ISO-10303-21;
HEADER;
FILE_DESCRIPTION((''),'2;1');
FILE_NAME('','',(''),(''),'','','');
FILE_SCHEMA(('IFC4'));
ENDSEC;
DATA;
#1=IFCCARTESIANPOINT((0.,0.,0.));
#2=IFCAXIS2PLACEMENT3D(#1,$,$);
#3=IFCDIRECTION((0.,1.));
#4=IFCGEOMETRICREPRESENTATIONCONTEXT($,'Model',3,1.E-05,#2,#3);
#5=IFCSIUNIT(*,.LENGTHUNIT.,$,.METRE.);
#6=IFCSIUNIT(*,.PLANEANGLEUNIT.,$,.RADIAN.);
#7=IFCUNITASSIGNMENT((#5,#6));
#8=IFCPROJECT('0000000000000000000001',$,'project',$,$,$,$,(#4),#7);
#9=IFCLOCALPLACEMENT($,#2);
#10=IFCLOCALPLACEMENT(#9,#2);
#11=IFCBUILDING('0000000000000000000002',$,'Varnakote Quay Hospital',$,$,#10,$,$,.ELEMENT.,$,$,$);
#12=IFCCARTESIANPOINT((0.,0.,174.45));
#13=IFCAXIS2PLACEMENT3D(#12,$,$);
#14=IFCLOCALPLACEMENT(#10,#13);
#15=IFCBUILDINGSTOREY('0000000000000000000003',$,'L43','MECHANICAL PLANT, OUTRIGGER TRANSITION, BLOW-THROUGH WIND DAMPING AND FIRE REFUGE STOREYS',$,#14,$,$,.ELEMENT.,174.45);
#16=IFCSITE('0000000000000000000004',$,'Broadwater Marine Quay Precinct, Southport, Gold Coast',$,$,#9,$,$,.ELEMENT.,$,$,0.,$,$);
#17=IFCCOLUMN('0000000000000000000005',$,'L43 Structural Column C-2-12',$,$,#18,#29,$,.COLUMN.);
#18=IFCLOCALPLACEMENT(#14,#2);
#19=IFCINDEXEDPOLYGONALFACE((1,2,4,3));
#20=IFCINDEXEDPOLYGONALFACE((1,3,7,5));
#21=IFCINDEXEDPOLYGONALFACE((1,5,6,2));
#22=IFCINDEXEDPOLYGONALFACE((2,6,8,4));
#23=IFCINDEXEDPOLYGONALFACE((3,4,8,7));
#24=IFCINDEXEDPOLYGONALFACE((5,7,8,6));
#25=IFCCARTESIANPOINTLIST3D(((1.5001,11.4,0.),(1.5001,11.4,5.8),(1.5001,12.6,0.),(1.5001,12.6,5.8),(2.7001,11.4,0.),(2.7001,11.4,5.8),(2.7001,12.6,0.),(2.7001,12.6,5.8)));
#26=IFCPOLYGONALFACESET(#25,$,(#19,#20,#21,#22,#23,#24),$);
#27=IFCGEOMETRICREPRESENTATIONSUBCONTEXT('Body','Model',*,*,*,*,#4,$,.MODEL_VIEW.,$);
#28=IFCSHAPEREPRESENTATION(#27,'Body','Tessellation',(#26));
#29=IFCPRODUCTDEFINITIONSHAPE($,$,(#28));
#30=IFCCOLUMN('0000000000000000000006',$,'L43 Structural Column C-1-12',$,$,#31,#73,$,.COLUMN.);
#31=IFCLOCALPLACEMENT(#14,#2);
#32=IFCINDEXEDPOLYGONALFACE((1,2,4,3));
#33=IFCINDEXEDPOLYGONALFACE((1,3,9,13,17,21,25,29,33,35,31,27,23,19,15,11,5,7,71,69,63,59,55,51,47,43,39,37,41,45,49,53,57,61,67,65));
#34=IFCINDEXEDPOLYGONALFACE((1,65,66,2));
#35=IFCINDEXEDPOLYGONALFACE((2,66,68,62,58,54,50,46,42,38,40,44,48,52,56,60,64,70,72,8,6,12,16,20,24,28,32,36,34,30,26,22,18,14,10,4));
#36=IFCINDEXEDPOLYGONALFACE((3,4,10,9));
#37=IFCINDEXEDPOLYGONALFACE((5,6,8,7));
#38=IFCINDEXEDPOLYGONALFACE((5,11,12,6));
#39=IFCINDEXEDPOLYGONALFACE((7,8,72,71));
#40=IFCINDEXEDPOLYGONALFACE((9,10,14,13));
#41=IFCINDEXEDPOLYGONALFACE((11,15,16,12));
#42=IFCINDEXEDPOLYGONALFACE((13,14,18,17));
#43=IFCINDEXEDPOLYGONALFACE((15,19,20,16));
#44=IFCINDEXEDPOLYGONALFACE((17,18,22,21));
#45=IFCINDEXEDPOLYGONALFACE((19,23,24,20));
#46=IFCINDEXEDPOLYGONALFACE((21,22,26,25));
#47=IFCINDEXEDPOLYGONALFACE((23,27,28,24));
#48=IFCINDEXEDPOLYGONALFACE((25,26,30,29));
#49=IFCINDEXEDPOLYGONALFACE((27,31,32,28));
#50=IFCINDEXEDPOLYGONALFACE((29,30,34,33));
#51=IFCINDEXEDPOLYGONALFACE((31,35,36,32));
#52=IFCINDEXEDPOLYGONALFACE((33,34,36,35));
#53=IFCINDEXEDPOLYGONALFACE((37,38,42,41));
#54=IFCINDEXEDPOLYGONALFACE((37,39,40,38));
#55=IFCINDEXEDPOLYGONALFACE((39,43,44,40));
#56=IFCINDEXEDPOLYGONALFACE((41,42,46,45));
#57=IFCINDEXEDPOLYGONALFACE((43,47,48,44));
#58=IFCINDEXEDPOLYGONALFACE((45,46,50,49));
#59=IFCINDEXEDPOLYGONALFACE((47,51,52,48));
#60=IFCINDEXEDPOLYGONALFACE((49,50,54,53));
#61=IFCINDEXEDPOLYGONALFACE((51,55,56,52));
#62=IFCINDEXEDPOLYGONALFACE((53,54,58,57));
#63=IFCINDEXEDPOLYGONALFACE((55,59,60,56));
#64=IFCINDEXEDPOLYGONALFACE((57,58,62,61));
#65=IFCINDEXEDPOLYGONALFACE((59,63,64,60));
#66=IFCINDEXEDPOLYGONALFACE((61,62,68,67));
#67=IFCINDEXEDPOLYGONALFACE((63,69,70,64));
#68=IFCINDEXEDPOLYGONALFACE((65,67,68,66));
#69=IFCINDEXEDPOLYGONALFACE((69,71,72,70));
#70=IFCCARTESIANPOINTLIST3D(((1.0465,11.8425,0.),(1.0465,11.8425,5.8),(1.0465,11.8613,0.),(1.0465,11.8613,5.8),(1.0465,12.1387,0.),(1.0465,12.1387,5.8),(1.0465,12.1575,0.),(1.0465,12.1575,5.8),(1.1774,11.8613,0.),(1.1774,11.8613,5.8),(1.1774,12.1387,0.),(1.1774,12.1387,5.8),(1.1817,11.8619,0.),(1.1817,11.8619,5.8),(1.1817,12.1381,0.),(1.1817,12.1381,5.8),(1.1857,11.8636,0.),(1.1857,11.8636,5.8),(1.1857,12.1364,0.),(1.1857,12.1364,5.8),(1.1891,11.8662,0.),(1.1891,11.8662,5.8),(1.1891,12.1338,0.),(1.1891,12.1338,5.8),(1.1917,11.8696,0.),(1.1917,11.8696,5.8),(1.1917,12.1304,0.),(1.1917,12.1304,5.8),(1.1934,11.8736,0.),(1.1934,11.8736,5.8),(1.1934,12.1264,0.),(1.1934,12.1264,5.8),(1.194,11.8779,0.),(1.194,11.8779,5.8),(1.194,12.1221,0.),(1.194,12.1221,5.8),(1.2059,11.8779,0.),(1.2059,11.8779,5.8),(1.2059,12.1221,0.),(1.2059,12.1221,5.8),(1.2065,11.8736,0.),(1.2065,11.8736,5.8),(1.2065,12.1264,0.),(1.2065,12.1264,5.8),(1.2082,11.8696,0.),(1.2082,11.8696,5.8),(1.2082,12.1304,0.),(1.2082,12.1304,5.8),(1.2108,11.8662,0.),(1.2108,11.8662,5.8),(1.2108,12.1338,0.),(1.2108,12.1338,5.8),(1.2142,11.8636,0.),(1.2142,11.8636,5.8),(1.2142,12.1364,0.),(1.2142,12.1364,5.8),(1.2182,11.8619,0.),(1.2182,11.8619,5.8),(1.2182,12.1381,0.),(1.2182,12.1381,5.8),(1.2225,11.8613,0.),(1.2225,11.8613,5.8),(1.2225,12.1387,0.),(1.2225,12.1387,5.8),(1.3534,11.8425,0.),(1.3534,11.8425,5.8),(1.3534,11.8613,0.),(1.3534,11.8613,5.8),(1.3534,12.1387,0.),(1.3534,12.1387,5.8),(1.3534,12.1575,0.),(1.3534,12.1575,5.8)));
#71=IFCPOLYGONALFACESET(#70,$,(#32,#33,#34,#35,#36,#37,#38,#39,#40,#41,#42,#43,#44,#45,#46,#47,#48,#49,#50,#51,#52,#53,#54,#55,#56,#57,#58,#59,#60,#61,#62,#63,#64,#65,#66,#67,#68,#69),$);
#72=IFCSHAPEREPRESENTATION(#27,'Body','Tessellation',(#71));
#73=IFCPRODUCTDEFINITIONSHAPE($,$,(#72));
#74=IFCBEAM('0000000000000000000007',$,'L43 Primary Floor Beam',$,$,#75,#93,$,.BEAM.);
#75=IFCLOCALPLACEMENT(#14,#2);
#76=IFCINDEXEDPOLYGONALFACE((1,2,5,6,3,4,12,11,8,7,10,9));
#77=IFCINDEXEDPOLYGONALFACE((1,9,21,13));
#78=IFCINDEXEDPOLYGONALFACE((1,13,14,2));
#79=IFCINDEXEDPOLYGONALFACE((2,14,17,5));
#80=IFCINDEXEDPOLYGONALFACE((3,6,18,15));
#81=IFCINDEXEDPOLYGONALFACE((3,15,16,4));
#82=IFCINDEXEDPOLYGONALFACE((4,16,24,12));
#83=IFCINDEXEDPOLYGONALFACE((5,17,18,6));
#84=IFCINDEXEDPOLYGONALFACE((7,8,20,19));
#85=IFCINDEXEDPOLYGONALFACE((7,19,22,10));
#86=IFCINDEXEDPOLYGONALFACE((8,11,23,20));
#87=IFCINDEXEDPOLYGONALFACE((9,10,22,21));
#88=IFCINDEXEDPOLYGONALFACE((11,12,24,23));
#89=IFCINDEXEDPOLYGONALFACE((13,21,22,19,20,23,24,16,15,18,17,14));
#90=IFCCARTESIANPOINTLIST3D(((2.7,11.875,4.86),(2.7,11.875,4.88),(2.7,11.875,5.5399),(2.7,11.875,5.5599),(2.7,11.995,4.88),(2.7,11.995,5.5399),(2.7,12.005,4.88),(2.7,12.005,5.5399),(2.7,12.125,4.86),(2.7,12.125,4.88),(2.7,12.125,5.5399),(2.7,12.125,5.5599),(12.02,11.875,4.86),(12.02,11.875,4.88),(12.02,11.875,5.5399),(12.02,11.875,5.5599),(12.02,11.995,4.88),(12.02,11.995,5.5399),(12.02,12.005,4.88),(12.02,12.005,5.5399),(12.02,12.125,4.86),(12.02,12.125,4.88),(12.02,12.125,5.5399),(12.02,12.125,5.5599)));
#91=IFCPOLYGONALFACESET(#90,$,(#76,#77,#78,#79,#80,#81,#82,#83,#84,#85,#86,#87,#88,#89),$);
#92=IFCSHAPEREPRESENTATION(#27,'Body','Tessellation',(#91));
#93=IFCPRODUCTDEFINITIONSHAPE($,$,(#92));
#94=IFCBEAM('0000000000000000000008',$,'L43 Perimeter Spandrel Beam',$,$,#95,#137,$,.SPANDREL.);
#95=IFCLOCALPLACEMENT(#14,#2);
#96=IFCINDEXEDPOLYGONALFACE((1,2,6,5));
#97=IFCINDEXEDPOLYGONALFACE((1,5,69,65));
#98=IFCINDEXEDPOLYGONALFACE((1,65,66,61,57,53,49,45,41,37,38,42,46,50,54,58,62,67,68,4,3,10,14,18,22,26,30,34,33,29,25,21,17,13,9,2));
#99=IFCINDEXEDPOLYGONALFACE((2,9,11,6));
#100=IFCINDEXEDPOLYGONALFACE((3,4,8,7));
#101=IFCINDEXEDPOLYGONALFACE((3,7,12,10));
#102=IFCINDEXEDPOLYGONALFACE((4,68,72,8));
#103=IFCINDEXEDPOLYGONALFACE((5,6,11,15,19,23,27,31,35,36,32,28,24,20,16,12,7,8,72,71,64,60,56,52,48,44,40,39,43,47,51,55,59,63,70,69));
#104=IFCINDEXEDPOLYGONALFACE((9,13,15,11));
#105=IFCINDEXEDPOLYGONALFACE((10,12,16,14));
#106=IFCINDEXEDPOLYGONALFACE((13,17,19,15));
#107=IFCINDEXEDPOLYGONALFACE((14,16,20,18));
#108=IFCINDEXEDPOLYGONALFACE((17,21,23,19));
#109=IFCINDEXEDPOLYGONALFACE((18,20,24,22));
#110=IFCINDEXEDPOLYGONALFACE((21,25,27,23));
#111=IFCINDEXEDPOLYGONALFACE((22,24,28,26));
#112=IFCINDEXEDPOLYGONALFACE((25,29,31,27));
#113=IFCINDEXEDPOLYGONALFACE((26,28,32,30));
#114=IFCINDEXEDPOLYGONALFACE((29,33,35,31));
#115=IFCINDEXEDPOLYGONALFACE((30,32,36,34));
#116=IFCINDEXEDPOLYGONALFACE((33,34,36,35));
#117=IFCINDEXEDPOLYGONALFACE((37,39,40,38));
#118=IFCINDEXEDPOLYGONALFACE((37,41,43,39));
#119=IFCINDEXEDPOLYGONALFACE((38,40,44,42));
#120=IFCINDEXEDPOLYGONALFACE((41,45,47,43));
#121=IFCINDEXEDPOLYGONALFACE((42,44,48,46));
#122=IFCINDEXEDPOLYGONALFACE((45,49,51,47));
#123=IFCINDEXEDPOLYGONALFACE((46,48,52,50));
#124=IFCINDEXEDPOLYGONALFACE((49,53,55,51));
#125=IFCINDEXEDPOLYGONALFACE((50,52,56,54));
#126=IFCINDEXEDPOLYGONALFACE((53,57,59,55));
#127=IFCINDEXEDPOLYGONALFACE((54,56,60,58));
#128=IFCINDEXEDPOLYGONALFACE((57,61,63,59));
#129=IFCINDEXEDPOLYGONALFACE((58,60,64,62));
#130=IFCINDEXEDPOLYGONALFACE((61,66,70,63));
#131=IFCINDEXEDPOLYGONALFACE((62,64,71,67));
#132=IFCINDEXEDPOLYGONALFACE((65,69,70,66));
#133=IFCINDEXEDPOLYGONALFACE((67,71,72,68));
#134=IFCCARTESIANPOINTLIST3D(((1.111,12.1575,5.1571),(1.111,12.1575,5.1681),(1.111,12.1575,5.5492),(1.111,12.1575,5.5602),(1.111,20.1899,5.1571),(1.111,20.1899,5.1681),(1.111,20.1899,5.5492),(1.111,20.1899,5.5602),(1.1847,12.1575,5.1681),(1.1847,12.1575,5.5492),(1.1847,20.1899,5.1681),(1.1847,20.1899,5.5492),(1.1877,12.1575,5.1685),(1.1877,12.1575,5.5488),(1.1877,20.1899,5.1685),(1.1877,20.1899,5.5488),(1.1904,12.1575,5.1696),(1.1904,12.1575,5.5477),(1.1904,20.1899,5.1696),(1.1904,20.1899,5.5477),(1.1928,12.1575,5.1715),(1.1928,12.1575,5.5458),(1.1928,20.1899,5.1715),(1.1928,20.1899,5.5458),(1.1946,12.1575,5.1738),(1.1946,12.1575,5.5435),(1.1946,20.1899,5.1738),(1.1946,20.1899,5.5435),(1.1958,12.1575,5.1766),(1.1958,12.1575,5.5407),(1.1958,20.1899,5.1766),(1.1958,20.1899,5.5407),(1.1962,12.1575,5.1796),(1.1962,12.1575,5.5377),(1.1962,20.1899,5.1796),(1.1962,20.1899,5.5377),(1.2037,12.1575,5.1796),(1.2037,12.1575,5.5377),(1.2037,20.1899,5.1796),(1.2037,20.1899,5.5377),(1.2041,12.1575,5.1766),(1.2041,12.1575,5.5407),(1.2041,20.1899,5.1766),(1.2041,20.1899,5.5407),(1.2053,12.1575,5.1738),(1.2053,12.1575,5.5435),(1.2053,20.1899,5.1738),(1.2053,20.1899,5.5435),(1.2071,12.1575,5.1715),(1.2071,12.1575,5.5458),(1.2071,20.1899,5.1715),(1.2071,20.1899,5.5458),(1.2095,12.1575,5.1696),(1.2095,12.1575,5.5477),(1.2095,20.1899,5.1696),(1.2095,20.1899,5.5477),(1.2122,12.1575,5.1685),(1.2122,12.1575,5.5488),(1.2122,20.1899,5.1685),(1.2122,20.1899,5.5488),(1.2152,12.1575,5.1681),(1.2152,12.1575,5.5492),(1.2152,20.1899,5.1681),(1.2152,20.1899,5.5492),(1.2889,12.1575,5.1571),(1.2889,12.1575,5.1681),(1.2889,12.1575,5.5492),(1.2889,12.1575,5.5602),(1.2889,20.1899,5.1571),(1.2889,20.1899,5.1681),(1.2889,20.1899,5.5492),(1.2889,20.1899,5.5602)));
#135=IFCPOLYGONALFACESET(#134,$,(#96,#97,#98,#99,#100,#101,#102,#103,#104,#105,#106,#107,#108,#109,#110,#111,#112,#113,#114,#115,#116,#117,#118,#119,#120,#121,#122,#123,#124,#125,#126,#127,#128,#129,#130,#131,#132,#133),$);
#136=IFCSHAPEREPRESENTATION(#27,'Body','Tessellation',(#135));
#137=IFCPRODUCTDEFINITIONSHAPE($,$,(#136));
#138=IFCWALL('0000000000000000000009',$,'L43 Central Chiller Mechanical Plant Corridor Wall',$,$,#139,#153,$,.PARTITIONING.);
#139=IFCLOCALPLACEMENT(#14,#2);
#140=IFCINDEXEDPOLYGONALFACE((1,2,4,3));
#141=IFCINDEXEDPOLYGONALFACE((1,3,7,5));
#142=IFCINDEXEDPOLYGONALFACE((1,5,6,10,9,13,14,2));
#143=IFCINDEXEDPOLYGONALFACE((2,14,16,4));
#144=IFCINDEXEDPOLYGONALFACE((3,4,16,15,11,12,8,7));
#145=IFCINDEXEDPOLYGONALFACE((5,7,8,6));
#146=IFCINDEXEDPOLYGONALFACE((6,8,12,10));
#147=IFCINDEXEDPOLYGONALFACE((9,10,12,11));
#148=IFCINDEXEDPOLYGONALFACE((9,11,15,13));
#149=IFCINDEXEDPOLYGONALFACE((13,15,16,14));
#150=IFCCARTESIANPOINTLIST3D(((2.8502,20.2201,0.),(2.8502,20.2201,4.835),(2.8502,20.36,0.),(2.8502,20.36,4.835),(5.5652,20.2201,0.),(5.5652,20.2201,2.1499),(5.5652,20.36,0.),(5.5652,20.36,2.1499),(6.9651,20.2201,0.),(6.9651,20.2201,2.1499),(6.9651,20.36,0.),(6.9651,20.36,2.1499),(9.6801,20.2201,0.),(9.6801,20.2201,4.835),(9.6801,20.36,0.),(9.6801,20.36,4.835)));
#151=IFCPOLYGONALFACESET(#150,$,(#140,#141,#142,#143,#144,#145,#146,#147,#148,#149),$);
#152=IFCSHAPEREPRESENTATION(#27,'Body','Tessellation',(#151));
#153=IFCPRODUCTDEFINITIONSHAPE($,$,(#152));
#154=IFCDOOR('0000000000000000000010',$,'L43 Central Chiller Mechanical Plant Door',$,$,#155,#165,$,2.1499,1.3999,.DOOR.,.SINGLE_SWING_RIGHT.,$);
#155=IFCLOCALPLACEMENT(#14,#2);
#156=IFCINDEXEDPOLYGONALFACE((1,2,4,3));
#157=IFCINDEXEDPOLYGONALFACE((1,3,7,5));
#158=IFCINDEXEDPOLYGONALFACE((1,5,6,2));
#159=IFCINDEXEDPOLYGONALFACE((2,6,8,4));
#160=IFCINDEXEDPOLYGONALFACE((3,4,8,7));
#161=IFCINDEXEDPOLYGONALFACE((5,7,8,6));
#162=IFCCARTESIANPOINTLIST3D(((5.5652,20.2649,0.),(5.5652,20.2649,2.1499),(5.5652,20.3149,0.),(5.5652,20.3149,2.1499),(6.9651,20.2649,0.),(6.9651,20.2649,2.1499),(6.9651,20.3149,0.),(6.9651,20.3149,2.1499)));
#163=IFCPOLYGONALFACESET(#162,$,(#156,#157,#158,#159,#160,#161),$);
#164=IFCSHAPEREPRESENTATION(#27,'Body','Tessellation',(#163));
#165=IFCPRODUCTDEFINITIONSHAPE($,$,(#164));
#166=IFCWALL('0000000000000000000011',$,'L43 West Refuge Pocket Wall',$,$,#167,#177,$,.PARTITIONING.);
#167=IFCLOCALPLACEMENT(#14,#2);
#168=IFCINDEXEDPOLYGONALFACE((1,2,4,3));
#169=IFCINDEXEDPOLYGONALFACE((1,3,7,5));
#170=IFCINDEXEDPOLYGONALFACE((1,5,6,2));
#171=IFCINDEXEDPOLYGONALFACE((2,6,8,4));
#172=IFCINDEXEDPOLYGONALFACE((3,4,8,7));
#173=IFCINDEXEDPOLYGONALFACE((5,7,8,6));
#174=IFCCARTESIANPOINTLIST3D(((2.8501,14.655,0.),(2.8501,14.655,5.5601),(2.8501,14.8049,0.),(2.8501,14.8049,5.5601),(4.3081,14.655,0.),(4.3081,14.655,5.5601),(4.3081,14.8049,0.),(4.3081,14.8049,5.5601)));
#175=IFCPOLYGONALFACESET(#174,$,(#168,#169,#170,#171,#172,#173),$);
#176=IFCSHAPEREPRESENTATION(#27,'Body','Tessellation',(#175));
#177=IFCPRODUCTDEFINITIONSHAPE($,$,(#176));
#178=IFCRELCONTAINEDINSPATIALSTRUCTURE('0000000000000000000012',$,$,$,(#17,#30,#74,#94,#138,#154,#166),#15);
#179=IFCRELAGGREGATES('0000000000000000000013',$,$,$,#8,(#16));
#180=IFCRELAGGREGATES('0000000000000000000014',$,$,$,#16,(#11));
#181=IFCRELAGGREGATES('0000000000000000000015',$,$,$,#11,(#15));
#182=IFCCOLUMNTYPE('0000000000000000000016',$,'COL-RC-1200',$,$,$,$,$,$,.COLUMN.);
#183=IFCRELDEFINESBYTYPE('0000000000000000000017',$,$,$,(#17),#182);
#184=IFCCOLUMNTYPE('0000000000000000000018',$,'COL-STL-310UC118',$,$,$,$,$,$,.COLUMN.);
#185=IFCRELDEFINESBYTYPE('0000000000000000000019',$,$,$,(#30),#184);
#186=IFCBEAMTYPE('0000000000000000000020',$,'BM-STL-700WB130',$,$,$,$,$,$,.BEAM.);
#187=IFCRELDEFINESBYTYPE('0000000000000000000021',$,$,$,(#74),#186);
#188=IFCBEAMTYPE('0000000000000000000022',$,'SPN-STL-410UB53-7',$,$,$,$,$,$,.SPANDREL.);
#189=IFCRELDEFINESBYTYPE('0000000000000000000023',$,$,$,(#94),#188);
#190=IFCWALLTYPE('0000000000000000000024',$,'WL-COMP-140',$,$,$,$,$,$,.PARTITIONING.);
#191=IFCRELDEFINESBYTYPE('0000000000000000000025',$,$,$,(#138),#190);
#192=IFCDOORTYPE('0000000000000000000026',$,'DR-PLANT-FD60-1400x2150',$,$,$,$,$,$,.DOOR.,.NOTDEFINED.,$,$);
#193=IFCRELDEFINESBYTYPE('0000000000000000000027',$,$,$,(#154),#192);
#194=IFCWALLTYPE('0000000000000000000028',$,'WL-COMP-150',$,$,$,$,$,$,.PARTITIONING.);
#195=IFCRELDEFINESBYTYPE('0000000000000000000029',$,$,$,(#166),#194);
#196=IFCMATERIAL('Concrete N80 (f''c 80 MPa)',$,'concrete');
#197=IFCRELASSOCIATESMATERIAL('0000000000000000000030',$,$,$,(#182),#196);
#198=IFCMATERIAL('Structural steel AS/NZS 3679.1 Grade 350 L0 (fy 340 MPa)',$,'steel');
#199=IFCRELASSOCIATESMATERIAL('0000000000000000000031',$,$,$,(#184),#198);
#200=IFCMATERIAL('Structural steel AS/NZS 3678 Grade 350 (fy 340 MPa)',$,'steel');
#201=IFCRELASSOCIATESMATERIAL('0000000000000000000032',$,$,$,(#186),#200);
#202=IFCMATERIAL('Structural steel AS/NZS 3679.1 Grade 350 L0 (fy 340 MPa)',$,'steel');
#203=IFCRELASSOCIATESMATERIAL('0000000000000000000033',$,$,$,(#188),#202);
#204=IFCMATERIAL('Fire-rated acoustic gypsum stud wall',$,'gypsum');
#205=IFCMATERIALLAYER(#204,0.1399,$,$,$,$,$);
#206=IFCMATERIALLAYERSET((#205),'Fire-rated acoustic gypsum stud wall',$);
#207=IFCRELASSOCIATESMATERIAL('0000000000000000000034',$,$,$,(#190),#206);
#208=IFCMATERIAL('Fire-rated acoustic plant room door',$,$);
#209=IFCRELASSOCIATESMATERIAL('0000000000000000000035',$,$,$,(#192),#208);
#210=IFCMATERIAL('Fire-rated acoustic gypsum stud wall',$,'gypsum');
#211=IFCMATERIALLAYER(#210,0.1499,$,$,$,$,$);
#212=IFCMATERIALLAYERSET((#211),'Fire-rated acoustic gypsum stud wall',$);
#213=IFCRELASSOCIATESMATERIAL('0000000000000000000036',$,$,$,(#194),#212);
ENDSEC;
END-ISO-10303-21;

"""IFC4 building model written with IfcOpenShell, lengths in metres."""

from ifc_helpers import new_model, si_unit, direction, frame, frame_2d, origin, origin_2d, place, context, subcontext, project, spatial, rectangle, i_section, extrude, material, layer, layer_set, material_profile, profile_set, type_object, element, fill, save


model = new_model("IFC4")

# Units and contexts
model_context = context("Model", 3, precision=1e-05, world=origin(), true_north=direction((0.0, 1.0)))
body_context = subcontext(model_context, "Body", "Model", "MODEL_VIEW")
ifc_project = project(units=[si_unit("LENGTHUNIT", "METRE"), si_unit("PLANEANGLEUNIT", "RADIAN")], contexts=[model_context])

# Site, building, storey
site_placement = place(None, origin())
site = spatial("IfcSite", under=ifc_project, at=site_placement, Name="Broadwater Marine Quay Precinct, Southport, Gold Coast", CompositionType="ELEMENT", RefElevation=0.0)
building_placement = place(site_placement, origin())
building = spatial("IfcBuilding", under=site, at=building_placement, Name="Varnakote Quay Hospital", CompositionType="ELEMENT")
storey_placement = place(building_placement, frame((0.0, 0.0, 174.45)))
storey = spatial("IfcBuildingStorey", under=building, at=storey_placement, Name="L43", Description="MECHANICAL PLANT, OUTRIGGER TRANSITION, BLOW-THROUGH WIND DAMPING AND FIRE REFUGE STOREYS", CompositionType="ELEMENT", Elevation=174.45)

# Columns
ifc_material_1 = material(Name="Concrete N80 (f'c 80 MPa)", Category="concrete")
ifc_material_profile_1 = material_profile(ifc_material_1, rectangle(XDim=1.2, YDim=1.2, at=origin_2d()), Name="RC-COL-1200x1200")
ifc_profile_set_1 = profile_set([ifc_material_profile_1], Name="Concrete N80 (f'c 80 MPa)")
column_type_1 = type_object("IfcColumnType", Name="COL-RC-1200", PredefinedType="COLUMN", material=ifc_profile_set_1)
column_1_placement = place(storey_placement, frame((2.1001, 12.0, 0.0), z_axis=(0.0, 0.0, 1.0), x_axis=(1.0, 0.0, 0.0)))
element("IfcColumn", 1, at=column_1_placement, inside=storey, type_object=column_type_1, Name="L43 Structural Column C-2-12", PredefinedType="COLUMN", context=body_context, shape_type="SweptSolid", body=[
    extrude(rectangle(XDim=1.2, YDim=1.2, at=origin_2d()), origin(), (0.0, 0.0, 1.0), 5.8),
])
ifc_material_2 = material(Name="Structural steel AS/NZS 3679.1 Grade 350 L0 (fy 340 MPa)", Category="steel")
ifc_material_profile_2 = material_profile(ifc_material_2, i_section(OverallWidth=0.3069, OverallDepth=0.3149, WebThickness=0.012, FlangeThickness=0.0188, FilletRadius=0.0166, at=origin_2d()), Name="310UC118")
ifc_profile_set_2 = profile_set([ifc_material_profile_2], Name="Structural steel AS/NZS 3679.1 Grade 350 L0 (fy 340 MPa)")
column_type_2 = type_object("IfcColumnType", Name="COL-STL-310UC118", PredefinedType="COLUMN", material=ifc_profile_set_2)
column_2_placement = place(storey_placement, frame((1.2, 12.0, 0.0), z_axis=(0.0, 0.0, 1.0), x_axis=(1.0, 0.0, 0.0)))
element("IfcColumn", 2, at=column_2_placement, inside=storey, type_object=column_type_2, Name="L43 Structural Column C-1-12", PredefinedType="COLUMN", context=body_context, shape_type="SweptSolid", body=[
    extrude(i_section(OverallWidth=0.3069, OverallDepth=0.3149, WebThickness=0.012, FlangeThickness=0.0188, FilletRadius=0.0166, at=origin_2d()), origin(), (0.0, 0.0, 1.0), 5.8),
])

# Beams
ifc_material_3 = material(Name="Structural steel AS/NZS 3678 Grade 350 (fy 340 MPa)", Category="steel")
ifc_material_profile_3 = material_profile(ifc_material_3, i_section(OverallWidth=0.25, OverallDepth=0.7, WebThickness=0.01, FlangeThickness=0.02, at=origin_2d()), Name="700WB130")
ifc_profile_set_3 = profile_set([ifc_material_profile_3], Name="Structural steel AS/NZS 3678 Grade 350 (fy 340 MPa)")
beam_type_1 = type_object("IfcBeamType", Name="BM-STL-700WB130", PredefinedType="BEAM", material=ifc_profile_set_3)
beam_1_placement = place(storey_placement, frame((2.7, 12.0, 5.21), z_axis=(1.0, 0.0, 0.0), x_axis=(0.0, 1.0, 0.0)))
element("IfcBeam", 3, at=beam_1_placement, inside=storey, type_object=beam_type_1, Name="L43 Primary Floor Beam", PredefinedType="BEAM", context=body_context, shape_type="SweptSolid", body=[
    extrude(i_section(OverallWidth=0.25, OverallDepth=0.7, WebThickness=0.01, FlangeThickness=0.02, at=origin_2d()), origin(), (0.0, 0.0, 1.0), 9.3201),
])
ifc_material_4 = material(Name="Structural steel AS/NZS 3679.1 Grade 350 L0 (fy 340 MPa)", Category="steel")
ifc_material_profile_4 = material_profile(ifc_material_4, i_section(OverallWidth=0.178, OverallDepth=0.4031, WebThickness=0.0076, FlangeThickness=0.011, FilletRadius=0.0115, at=origin_2d()), Name="410UB53.7")
ifc_profile_set_4 = profile_set([ifc_material_profile_4], Name="Structural steel AS/NZS 3679.1 Grade 350 L0 (fy 340 MPa)")
beam_type_2 = type_object("IfcBeamType", Name="SPN-STL-410UB53-7", PredefinedType="SPANDREL", material=ifc_profile_set_4)
beam_2_placement = place(storey_placement, frame((1.2, 12.1575, 5.3586), z_axis=(0.0, 1.0, 0.0), x_axis=(-1.0, 0.0, 0.0)))
element("IfcBeam", 4, at=beam_2_placement, inside=storey, type_object=beam_type_2, Name="L43 Perimeter Spandrel Beam", PredefinedType="SPANDREL", context=body_context, shape_type="SweptSolid", body=[
    extrude(i_section(OverallWidth=0.178, OverallDepth=0.4031, WebThickness=0.0076, FlangeThickness=0.011, FilletRadius=0.0115, at=origin_2d()), origin(), (0.0, 0.0, 1.0), 8.0325),
])

# Wall, opening, door
ifc_material_5 = material(Name="Fire-rated acoustic gypsum stud wall", Category="gypsum")
ifc_layer_1 = layer(ifc_material_5, 0.1399)
ifc_layer_set_1 = layer_set([ifc_layer_1], Name="Fire-rated acoustic gypsum stud wall")
wall_type_1 = type_object("IfcWallType", Name="WL-COMP-140", PredefinedType="PARTITIONING", material=ifc_layer_set_1)
wall_1_placement = place(storey_placement, frame((2.8501, 20.29, 0.0), z_axis=(0.0, 0.0, 1.0), x_axis=(1.0, 0.0, 0.0)))
wall_1 = element("IfcWall", 5, at=wall_1_placement, inside=storey, type_object=wall_type_1, Name="L43 Central Chiller Mechanical Plant Corridor Wall", PredefinedType="PARTITIONING", context=body_context, shape_type="SweptSolid", body=[
    extrude(rectangle(XDim=6.8298, YDim=0.1399, at=frame_2d((3.415, 0.0))), origin(), (0.0, 0.0, 1.0), 4.835),
])
opening_1_placement = place(wall_1_placement, frame((2.7151, 0.0, 0.0)))
opening_1 = element("IfcOpeningElement", 6, at=opening_1_placement, cuts=wall_1, PredefinedType="OPENING", context=body_context, shape_type="SweptSolid", body=[
    extrude(rectangle(XDim=1.3999, YDim=2.1499, at=frame_2d((0.7, 1.075))), frame((0.0, 0.0798, 0.0), z_axis=(0.0, -1.0, 0.0), x_axis=(1.0, 0.0, 0.0)), (0.0, 0.0, 1.0), 0.1599),
])
ifc_material_6 = material(Name="Fire-rated acoustic plant room door")
door_type_1 = type_object("IfcDoorType", Name="DR-PLANT-FD60-1400x2150", OperationType="NOTDEFINED", PredefinedType="DOOR", material=ifc_material_6)
door_1_placement = place(opening_1_placement, origin())
door_1 = element("IfcDoor", 7, at=door_1_placement, inside=storey, type_object=door_type_1, Name="L43 Central Chiller Mechanical Plant Door", OperationType="SINGLE_SWING_RIGHT", OverallHeight=2.1499, OverallWidth=1.3999, PredefinedType="DOOR", context=body_context, shape_type="SweptSolid", body=[
    extrude(rectangle(XDim=1.3999, YDim=2.1499, at=frame_2d((0.7, 1.075))), frame((0.0, 0.0249, 0.0), z_axis=(0.0, -1.0, 0.0), x_axis=(1.0, 0.0, 0.0)), (0.0, 0.0, 1.0), 0.05),
])
fill(opening_1, door_1)

# Wall
ifc_material_7 = material(Name="Fire-rated acoustic gypsum stud wall", Category="gypsum")
ifc_layer_2 = layer(ifc_material_7, 0.1499)
ifc_layer_set_2 = layer_set([ifc_layer_2], Name="Fire-rated acoustic gypsum stud wall")
wall_type_2 = type_object("IfcWallType", Name="WL-COMP-150", PredefinedType="PARTITIONING", material=ifc_layer_set_2)
wall_2_placement = place(storey_placement, frame((2.8501, 14.73, 0.0), z_axis=(0.0, 0.0, 1.0), x_axis=(1.0, 0.0, 0.0)))
element("IfcWall", 8, at=wall_2_placement, inside=storey, type_object=wall_type_2, Name="L43 West Refuge Pocket Wall", PredefinedType="PARTITIONING", context=body_context, shape_type="SweptSolid", body=[
    extrude(rectangle(XDim=1.458, YDim=0.1499, at=frame_2d((0.729, 0.0))), origin(), (0.0, 0.0, 1.0), 5.5601),
])

save(model, "model.ifc")
